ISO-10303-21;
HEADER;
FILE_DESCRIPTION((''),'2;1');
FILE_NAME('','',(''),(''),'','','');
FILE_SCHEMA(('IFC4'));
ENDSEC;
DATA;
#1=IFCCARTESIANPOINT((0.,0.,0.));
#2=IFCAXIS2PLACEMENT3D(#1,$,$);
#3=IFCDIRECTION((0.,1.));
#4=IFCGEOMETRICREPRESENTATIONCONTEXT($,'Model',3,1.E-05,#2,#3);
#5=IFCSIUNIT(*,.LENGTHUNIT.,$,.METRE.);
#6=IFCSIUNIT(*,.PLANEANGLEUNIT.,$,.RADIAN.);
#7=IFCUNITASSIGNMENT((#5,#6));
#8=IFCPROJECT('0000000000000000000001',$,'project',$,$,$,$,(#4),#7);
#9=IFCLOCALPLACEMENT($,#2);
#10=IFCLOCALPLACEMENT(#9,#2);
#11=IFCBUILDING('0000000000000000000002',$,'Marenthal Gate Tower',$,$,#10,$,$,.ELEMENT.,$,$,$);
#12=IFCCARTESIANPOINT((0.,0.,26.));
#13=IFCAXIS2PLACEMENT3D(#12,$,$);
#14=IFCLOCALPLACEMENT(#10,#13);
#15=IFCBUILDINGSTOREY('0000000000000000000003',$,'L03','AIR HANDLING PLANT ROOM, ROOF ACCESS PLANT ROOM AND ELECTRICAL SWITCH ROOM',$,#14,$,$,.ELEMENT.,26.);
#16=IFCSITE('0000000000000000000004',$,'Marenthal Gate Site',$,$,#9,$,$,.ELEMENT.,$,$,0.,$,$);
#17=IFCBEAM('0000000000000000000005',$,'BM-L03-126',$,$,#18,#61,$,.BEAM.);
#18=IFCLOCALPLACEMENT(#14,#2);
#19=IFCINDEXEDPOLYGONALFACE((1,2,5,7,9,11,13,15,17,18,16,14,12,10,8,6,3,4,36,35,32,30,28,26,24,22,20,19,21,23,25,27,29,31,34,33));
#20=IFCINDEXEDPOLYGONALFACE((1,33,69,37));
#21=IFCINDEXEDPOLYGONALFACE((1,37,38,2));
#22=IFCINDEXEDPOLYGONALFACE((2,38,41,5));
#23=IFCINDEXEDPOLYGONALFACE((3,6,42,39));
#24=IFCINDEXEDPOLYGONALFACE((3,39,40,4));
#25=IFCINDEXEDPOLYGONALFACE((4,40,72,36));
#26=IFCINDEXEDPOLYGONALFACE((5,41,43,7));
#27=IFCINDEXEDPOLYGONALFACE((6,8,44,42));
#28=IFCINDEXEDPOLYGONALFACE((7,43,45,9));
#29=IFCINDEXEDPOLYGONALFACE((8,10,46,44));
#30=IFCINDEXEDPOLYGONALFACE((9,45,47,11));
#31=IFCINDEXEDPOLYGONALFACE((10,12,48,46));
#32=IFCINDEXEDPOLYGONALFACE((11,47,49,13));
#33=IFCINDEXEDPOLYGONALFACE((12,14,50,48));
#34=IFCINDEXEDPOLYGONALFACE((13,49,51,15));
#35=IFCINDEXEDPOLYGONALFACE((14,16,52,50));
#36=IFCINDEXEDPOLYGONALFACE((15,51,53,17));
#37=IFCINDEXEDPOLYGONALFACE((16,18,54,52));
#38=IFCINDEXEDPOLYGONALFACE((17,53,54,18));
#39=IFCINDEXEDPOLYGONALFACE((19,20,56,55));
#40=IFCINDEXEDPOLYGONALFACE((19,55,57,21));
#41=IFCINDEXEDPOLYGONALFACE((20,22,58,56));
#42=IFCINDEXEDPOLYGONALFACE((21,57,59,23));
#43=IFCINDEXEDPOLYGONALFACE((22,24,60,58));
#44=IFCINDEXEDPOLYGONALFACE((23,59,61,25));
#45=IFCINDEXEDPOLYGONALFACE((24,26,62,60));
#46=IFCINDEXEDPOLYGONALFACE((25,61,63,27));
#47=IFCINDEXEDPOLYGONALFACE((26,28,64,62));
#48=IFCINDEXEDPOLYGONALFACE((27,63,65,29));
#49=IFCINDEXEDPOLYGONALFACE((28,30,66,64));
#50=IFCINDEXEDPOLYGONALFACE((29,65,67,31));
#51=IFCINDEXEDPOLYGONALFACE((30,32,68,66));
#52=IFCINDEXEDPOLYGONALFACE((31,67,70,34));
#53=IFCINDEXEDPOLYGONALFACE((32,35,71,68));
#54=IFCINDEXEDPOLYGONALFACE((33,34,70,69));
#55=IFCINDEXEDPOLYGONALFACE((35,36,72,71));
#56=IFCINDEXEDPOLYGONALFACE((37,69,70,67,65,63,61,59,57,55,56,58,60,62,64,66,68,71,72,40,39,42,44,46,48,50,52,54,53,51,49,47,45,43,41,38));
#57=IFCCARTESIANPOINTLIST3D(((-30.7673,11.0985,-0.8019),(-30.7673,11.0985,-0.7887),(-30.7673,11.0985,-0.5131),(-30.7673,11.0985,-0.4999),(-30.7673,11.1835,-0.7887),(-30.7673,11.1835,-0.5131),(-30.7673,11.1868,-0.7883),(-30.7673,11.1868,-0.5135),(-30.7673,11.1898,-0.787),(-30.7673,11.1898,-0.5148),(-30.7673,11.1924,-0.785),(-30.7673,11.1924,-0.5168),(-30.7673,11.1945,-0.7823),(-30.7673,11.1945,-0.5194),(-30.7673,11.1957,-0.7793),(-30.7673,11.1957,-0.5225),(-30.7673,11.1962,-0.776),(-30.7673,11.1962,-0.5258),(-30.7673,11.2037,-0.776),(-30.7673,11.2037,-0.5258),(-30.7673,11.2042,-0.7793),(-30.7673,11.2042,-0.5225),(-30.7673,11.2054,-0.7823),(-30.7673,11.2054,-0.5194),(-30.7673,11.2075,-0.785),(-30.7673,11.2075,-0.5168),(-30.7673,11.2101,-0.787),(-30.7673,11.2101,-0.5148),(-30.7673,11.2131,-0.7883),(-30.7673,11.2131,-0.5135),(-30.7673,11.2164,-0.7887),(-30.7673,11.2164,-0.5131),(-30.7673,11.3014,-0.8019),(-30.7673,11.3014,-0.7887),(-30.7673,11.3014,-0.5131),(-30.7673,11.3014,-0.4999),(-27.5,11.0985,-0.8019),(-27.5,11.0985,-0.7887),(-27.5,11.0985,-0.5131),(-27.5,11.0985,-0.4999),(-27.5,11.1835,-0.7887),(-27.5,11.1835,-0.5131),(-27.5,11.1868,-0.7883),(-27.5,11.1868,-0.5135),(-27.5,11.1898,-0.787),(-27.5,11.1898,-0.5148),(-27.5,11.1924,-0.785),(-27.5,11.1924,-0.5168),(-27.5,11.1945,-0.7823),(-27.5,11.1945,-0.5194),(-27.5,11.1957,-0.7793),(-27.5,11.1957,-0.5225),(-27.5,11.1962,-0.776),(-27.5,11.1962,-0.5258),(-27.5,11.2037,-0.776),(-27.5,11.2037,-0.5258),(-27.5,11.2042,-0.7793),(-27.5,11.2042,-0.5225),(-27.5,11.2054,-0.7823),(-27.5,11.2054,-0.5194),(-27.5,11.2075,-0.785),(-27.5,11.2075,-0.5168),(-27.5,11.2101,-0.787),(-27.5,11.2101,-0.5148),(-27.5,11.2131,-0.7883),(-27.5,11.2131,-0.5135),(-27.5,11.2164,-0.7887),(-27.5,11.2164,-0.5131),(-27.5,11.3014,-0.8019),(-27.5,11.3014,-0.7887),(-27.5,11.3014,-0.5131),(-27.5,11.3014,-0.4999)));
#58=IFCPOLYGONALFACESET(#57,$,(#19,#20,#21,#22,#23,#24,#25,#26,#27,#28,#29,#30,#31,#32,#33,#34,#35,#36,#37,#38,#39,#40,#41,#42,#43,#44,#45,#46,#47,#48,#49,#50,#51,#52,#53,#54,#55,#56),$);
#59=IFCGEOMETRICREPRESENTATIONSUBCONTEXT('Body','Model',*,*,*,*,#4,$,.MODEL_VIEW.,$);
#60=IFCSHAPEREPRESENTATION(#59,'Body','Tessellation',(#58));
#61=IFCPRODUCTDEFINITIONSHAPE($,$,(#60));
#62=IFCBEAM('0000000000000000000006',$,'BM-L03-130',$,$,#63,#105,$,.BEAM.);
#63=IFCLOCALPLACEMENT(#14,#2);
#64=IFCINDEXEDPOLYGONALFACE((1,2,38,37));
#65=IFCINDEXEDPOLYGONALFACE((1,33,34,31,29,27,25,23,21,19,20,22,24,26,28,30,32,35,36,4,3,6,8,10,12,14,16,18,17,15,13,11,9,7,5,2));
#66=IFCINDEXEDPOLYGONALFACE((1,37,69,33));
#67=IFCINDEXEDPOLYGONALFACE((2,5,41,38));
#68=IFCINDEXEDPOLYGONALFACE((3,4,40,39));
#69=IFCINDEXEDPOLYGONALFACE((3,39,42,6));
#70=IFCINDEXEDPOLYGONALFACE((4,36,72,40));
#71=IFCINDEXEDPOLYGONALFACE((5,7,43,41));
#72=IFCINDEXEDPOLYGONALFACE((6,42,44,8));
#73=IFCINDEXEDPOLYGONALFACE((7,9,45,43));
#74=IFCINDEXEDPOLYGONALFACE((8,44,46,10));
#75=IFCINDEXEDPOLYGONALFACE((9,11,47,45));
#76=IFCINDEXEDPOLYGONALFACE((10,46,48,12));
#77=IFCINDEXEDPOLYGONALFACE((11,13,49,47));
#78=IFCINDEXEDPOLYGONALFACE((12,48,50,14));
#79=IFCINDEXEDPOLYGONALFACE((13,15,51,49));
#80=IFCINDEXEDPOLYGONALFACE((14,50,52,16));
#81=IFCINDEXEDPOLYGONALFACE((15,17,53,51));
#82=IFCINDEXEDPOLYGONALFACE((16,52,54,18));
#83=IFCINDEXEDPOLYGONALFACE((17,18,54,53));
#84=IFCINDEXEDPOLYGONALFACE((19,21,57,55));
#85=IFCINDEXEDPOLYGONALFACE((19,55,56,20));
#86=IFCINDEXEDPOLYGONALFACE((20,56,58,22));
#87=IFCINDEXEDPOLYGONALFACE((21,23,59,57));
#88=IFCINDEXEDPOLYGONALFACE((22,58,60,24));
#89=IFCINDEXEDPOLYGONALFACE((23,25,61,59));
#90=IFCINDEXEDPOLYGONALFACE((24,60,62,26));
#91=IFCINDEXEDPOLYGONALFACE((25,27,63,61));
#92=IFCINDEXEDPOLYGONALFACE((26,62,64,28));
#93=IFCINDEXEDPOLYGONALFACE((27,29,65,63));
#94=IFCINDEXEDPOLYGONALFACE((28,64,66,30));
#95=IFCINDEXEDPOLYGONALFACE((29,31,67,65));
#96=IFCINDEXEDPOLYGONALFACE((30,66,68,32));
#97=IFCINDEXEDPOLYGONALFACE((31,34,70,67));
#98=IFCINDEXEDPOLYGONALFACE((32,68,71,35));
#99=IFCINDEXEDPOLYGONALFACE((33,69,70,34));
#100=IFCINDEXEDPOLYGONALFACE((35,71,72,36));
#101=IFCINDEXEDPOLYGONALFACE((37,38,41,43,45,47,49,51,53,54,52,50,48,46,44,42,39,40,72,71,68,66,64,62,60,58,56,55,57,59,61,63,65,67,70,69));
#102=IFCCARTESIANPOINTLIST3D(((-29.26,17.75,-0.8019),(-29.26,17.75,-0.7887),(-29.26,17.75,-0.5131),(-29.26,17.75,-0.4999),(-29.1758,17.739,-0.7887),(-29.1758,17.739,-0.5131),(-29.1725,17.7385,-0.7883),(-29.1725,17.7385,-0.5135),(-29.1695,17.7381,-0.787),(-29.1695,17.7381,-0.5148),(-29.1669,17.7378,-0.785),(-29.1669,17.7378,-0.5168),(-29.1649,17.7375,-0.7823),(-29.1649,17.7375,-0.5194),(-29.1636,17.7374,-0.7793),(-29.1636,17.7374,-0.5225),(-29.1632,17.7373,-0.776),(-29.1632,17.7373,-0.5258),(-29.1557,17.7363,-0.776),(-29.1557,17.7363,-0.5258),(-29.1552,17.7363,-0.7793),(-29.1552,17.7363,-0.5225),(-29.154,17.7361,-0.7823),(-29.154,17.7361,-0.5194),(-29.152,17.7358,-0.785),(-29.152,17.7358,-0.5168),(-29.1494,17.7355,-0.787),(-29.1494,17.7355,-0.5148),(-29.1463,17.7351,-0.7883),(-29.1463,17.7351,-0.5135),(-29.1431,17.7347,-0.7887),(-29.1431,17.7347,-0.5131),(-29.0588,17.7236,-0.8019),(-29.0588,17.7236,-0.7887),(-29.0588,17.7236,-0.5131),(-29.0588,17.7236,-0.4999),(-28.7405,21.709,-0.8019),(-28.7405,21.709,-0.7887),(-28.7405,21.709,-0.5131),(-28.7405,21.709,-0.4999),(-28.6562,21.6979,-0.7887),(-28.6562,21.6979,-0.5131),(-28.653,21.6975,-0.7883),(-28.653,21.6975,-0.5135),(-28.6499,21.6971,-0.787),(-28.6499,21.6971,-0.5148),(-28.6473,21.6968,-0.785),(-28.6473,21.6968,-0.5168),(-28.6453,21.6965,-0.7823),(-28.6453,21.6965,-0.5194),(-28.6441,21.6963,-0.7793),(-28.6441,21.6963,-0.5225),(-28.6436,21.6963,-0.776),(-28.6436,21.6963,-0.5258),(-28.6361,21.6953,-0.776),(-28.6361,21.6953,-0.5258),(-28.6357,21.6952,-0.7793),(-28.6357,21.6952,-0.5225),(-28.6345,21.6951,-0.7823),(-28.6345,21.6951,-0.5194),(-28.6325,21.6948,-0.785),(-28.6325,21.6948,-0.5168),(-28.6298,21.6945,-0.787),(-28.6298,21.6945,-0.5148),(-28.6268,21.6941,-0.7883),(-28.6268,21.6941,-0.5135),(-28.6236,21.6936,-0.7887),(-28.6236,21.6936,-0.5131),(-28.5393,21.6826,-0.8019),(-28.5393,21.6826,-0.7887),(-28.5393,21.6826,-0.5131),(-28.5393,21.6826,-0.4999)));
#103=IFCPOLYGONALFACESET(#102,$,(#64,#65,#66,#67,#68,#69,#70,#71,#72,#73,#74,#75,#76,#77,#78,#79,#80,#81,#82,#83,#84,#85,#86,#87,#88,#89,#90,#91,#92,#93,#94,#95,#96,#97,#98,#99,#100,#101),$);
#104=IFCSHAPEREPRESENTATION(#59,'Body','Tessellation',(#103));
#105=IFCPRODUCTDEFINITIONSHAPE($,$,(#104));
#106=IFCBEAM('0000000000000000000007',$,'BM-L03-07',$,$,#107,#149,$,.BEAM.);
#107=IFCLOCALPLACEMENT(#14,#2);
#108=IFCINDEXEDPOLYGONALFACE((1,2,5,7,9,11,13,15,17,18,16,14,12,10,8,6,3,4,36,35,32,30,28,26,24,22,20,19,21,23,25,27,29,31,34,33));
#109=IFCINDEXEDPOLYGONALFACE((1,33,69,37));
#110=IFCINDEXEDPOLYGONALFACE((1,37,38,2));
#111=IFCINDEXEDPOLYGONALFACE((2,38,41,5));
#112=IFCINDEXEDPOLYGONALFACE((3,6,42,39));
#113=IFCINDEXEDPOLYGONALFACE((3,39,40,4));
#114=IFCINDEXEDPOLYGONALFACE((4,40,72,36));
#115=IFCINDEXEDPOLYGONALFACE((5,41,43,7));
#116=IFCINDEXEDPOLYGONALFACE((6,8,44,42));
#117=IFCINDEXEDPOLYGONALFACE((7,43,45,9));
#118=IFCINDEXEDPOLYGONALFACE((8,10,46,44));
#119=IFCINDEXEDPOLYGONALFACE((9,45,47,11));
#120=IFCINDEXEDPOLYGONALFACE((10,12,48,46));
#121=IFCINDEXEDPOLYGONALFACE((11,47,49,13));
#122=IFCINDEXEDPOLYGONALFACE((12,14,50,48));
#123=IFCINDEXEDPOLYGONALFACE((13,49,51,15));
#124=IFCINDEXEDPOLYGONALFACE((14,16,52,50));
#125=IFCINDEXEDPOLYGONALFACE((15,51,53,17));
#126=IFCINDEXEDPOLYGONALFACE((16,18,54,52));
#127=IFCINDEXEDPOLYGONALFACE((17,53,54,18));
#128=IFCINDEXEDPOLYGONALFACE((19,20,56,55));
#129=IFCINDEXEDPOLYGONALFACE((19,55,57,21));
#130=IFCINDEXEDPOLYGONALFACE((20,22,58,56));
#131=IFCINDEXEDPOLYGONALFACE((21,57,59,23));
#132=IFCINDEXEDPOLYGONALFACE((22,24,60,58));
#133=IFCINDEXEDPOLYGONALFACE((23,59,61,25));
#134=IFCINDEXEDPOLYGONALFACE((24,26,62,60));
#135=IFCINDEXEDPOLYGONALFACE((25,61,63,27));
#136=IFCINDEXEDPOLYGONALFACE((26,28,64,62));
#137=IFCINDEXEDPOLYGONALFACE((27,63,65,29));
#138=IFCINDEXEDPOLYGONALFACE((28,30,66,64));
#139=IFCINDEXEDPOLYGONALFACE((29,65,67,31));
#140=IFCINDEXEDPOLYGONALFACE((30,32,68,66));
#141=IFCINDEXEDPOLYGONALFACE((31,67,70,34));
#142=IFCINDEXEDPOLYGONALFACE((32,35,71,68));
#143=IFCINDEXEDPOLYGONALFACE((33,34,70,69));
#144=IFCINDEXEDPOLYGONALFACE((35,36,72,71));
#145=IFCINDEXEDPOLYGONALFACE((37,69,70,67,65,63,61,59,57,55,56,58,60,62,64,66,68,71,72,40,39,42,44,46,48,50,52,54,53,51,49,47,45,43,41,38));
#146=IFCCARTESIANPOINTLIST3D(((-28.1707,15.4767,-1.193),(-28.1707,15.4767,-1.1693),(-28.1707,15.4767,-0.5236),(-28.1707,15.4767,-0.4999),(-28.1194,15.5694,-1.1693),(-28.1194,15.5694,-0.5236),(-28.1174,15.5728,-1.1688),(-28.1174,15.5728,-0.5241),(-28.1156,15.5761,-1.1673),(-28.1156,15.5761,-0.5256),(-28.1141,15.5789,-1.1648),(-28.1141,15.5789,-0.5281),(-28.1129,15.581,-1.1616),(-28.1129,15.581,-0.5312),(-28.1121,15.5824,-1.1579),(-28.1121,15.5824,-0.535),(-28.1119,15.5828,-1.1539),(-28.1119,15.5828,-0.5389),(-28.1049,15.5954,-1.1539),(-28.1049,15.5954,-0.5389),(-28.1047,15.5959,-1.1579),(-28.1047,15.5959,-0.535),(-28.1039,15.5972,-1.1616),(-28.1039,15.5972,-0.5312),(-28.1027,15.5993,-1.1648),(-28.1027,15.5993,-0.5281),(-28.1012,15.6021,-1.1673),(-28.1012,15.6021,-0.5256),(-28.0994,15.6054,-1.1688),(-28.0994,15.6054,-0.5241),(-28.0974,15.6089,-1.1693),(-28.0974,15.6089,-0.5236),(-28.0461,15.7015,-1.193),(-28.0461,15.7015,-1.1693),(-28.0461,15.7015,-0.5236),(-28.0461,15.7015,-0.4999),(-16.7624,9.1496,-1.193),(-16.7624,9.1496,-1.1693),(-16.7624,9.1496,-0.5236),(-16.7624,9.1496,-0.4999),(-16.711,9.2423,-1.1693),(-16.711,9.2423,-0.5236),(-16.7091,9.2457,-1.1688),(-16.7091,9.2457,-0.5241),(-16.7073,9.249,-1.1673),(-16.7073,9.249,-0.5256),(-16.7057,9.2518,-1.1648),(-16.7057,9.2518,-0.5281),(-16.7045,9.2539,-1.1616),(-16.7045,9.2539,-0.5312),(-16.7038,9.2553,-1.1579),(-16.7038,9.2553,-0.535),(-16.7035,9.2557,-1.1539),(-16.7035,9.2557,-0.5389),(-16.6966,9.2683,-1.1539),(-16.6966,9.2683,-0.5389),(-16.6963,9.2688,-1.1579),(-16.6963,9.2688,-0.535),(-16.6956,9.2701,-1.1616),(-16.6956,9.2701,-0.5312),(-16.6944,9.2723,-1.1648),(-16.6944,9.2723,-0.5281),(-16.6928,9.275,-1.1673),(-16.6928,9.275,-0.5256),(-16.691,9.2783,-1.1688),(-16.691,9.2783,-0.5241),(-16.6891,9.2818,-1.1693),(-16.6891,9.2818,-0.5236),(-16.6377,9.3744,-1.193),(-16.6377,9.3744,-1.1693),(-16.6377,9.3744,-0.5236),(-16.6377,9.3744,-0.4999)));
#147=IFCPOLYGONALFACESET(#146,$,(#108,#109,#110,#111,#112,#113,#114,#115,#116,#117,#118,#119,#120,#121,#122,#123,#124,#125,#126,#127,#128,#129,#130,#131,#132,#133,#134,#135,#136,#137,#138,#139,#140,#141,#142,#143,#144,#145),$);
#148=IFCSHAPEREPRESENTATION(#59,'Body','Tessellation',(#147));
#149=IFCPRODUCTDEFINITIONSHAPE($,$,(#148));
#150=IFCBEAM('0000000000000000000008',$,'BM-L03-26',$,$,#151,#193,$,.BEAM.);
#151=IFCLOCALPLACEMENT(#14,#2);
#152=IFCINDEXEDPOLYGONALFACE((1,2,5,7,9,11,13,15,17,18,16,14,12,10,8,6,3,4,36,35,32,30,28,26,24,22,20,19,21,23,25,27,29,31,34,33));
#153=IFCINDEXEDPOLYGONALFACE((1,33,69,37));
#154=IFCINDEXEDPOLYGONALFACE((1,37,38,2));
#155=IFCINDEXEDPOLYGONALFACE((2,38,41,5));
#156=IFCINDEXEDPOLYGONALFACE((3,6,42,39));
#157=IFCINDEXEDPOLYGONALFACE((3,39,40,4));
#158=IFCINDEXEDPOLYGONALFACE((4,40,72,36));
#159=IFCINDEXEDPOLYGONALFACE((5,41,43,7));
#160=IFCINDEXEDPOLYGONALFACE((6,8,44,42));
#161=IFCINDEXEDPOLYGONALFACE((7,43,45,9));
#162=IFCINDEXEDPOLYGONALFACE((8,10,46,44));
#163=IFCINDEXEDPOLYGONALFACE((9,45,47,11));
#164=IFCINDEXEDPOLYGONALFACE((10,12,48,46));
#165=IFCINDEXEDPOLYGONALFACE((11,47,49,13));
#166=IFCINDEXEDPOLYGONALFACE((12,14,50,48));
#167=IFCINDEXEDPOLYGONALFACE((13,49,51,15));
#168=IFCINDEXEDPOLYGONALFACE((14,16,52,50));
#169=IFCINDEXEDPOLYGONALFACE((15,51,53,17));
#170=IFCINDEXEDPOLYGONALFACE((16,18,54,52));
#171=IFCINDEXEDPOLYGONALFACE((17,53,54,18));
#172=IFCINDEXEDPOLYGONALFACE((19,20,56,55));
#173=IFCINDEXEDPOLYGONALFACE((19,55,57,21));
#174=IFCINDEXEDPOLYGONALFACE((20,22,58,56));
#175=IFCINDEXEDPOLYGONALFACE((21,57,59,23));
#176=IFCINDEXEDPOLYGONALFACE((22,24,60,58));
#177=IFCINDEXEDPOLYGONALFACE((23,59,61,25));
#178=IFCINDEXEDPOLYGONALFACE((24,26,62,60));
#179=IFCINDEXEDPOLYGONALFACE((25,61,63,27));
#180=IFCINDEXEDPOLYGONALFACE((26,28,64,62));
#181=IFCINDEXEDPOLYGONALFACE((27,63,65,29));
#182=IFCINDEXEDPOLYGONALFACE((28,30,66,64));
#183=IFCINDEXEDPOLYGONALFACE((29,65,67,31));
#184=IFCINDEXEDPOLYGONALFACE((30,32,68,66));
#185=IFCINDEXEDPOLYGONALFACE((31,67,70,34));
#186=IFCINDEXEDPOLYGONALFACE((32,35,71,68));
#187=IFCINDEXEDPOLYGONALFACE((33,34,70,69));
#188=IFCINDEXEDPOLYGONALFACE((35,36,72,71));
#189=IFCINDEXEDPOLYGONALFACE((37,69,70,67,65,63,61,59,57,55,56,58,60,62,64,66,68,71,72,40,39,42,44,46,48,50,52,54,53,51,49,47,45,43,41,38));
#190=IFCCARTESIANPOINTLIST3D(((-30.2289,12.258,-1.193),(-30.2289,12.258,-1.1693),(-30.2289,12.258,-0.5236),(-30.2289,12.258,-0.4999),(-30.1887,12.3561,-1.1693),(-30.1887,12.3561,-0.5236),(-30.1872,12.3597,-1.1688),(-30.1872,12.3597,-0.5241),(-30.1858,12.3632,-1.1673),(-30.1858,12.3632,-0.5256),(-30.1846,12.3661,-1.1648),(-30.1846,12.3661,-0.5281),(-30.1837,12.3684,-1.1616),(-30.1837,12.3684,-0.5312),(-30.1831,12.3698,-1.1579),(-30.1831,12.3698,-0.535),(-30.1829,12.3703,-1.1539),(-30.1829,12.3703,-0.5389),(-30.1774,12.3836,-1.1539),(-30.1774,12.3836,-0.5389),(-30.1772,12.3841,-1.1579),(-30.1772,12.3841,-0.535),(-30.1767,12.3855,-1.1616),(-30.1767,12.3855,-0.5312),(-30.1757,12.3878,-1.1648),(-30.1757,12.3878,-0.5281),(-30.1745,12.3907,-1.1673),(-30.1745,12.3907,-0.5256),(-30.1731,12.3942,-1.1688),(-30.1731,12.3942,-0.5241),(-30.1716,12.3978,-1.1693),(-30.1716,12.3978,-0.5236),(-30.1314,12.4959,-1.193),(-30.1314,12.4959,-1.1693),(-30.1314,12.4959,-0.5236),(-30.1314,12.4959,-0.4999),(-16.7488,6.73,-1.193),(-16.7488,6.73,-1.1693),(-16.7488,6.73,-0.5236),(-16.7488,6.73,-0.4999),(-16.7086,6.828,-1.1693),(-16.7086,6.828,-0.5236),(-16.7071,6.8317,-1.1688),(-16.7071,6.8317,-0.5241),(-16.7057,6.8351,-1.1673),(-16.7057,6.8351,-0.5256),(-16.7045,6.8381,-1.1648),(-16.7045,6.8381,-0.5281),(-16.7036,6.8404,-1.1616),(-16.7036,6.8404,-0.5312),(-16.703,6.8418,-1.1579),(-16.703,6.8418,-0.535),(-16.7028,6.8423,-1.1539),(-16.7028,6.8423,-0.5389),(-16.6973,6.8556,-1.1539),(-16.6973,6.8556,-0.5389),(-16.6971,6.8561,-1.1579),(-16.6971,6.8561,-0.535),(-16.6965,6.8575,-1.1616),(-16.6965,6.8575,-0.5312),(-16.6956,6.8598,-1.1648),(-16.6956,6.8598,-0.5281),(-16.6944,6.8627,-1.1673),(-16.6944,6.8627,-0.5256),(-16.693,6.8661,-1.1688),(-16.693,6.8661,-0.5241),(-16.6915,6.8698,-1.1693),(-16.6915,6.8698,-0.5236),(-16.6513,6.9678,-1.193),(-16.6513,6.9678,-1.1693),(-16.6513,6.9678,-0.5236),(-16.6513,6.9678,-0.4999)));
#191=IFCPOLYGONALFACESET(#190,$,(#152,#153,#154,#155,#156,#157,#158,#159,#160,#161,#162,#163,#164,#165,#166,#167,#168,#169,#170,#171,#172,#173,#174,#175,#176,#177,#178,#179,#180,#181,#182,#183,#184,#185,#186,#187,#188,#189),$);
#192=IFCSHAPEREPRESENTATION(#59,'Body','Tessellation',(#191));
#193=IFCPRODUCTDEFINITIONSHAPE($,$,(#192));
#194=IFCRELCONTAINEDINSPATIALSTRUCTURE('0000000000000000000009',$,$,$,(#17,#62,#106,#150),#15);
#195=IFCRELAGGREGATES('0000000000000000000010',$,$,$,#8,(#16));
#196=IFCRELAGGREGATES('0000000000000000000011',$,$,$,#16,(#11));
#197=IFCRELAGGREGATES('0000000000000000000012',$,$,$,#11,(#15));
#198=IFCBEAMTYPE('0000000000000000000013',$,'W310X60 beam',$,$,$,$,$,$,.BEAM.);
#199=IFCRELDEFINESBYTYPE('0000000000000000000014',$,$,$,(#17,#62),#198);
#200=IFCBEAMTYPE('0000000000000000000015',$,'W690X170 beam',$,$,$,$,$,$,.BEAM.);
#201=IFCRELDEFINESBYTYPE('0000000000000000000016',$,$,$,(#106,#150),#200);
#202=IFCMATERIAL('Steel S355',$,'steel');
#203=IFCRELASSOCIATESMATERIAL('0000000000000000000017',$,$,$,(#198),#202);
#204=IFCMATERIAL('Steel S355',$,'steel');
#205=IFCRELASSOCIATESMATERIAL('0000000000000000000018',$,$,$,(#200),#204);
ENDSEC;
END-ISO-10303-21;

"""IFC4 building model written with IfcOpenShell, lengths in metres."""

from ifc_helpers import new_model, si_unit, direction, frame, origin, origin_2d, place, context, subcontext, project, spatial, i_section, extrude, material, material_profile, profile_set, type_object, element, save


model = new_model("IFC4")

# Units and contexts
model_context = context("Model", 3, precision=1e-05, world=origin(), true_north=direction((0.0, 1.0)))
body_context = subcontext(model_context, "Body", "Model", "MODEL_VIEW")
ifc_project = project(units=[si_unit("LENGTHUNIT", "METRE"), si_unit("PLANEANGLEUNIT", "RADIAN")], contexts=[model_context])

# Site, building, storey
site_placement = place(None, origin())
site = spatial("IfcSite", under=ifc_project, at=site_placement, Name="Marenthal Gate Site", CompositionType="ELEMENT", RefElevation=0.0)
building_placement = place(site_placement, origin())
building = spatial("IfcBuilding", under=site, at=building_placement, Name="Marenthal Gate Tower", CompositionType="ELEMENT")
storey_placement = place(building_placement, frame((0.0, 0.0, 26.0)))
storey = spatial("IfcBuildingStorey", under=building, at=storey_placement, Name="L03", Description="AIR HANDLING PLANT ROOM, ROOF ACCESS PLANT ROOM AND ELECTRICAL SWITCH ROOM", CompositionType="ELEMENT", Elevation=26.0)

# Beams
ifc_material_1 = material(Name="Steel S355", Category="steel")
ifc_material_profile_1 = material_profile(ifc_material_1, i_section(OverallWidth=0.2029, OverallDepth=0.302, WebThickness=0.0076, FlangeThickness=0.0132, FilletRadius=0.0127, at=origin_2d()), Name="W310X60")
ifc_profile_set_1 = profile_set([ifc_material_profile_1], Name="Steel S355")
beam_type_1 = type_object("IfcBeamType", Name="W310X60 beam", PredefinedType="BEAM", material=ifc_profile_set_1)
beam_1_placement = place(storey_placement, frame((-27.5, 11.2, -0.6509), z_axis=(-1.0, 0.0, 0.0), x_axis=(0.0, -1.0, 0.0)))
element("IfcBeam", 1, at=beam_1_placement, inside=storey, type_object=beam_type_1, Name="BM-L03-126", PredefinedType="BEAM", context=body_context, shape_type="SweptSolid", body=[
    extrude(i_section(OverallWidth=0.2029, OverallDepth=0.302, WebThickness=0.0076, FlangeThickness=0.0132, FilletRadius=0.0127, at=origin_2d()), origin(), (0.0, 0.0, 1.0), 3.2673),
])
beam_2_placement = place(storey_placement, frame((-29.1594, 17.7368, -0.6509), z_axis=(0.130113, 0.991499, 0.0), x_axis=(-0.991499, 0.130113, 0.0)))
element("IfcBeam", 2, at=beam_2_placement, inside=storey, type_object=beam_type_1, Name="BM-L03-130", PredefinedType="BEAM", context=body_context, shape_type="SweptSolid", body=[
    extrude(i_section(OverallWidth=0.2029, OverallDepth=0.302, WebThickness=0.0076, FlangeThickness=0.0132, FilletRadius=0.0127, at=origin_2d()), origin(), (0.0, 0.0, 1.0), 3.9929),
])
ifc_material_2 = material(Name="Steel S355", Category="steel")
ifc_material_profile_2 = material_profile(ifc_material_2, i_section(OverallWidth=0.2571, OverallDepth=0.6931, WebThickness=0.0144, FlangeThickness=0.0237, FilletRadius=0.0154, at=origin_2d()), Name="W690X170")
ifc_profile_set_2 = profile_set([ifc_material_profile_2], Name="Steel S355")
beam_type_2 = type_object("IfcBeamType", Name="W690X170 beam", PredefinedType="BEAM", material=ifc_profile_set_2)
beam_3_placement = place(storey_placement, frame((-28.1084, 15.5891, -0.8464), z_axis=(0.874511, -0.485006, 0.0), x_axis=(0.485006, 0.874511, 0.0)))
element("IfcBeam", 3, at=beam_3_placement, inside=storey, type_object=beam_type_2, Name="BM-L03-07", PredefinedType="BEAM", context=body_context, shape_type="SweptSolid", body=[
    extrude(i_section(OverallWidth=0.2571, OverallDepth=0.6931, WebThickness=0.0144, FlangeThickness=0.0237, FilletRadius=0.0154, at=origin_2d()), origin(), (0.0, 0.0, 1.0), 13.0454),
])
beam_4_placement = place(storey_placement, frame((-30.1802, 12.377, -0.8464), z_axis=(0.925223, -0.379423, 0.0), x_axis=(0.379423, 0.925223, 0.0)))
element("IfcBeam", 4, at=beam_4_placement, inside=storey, type_object=beam_type_2, Name="BM-L03-26", PredefinedType="BEAM", context=body_context, shape_type="SweptSolid", body=[
    extrude(i_section(OverallWidth=0.2571, OverallDepth=0.6931, WebThickness=0.0144, FlangeThickness=0.0237, FilletRadius=0.0154, at=origin_2d()), origin(), (0.0, 0.0, 1.0), 14.5696),
])

save(model, "model.ifc")
